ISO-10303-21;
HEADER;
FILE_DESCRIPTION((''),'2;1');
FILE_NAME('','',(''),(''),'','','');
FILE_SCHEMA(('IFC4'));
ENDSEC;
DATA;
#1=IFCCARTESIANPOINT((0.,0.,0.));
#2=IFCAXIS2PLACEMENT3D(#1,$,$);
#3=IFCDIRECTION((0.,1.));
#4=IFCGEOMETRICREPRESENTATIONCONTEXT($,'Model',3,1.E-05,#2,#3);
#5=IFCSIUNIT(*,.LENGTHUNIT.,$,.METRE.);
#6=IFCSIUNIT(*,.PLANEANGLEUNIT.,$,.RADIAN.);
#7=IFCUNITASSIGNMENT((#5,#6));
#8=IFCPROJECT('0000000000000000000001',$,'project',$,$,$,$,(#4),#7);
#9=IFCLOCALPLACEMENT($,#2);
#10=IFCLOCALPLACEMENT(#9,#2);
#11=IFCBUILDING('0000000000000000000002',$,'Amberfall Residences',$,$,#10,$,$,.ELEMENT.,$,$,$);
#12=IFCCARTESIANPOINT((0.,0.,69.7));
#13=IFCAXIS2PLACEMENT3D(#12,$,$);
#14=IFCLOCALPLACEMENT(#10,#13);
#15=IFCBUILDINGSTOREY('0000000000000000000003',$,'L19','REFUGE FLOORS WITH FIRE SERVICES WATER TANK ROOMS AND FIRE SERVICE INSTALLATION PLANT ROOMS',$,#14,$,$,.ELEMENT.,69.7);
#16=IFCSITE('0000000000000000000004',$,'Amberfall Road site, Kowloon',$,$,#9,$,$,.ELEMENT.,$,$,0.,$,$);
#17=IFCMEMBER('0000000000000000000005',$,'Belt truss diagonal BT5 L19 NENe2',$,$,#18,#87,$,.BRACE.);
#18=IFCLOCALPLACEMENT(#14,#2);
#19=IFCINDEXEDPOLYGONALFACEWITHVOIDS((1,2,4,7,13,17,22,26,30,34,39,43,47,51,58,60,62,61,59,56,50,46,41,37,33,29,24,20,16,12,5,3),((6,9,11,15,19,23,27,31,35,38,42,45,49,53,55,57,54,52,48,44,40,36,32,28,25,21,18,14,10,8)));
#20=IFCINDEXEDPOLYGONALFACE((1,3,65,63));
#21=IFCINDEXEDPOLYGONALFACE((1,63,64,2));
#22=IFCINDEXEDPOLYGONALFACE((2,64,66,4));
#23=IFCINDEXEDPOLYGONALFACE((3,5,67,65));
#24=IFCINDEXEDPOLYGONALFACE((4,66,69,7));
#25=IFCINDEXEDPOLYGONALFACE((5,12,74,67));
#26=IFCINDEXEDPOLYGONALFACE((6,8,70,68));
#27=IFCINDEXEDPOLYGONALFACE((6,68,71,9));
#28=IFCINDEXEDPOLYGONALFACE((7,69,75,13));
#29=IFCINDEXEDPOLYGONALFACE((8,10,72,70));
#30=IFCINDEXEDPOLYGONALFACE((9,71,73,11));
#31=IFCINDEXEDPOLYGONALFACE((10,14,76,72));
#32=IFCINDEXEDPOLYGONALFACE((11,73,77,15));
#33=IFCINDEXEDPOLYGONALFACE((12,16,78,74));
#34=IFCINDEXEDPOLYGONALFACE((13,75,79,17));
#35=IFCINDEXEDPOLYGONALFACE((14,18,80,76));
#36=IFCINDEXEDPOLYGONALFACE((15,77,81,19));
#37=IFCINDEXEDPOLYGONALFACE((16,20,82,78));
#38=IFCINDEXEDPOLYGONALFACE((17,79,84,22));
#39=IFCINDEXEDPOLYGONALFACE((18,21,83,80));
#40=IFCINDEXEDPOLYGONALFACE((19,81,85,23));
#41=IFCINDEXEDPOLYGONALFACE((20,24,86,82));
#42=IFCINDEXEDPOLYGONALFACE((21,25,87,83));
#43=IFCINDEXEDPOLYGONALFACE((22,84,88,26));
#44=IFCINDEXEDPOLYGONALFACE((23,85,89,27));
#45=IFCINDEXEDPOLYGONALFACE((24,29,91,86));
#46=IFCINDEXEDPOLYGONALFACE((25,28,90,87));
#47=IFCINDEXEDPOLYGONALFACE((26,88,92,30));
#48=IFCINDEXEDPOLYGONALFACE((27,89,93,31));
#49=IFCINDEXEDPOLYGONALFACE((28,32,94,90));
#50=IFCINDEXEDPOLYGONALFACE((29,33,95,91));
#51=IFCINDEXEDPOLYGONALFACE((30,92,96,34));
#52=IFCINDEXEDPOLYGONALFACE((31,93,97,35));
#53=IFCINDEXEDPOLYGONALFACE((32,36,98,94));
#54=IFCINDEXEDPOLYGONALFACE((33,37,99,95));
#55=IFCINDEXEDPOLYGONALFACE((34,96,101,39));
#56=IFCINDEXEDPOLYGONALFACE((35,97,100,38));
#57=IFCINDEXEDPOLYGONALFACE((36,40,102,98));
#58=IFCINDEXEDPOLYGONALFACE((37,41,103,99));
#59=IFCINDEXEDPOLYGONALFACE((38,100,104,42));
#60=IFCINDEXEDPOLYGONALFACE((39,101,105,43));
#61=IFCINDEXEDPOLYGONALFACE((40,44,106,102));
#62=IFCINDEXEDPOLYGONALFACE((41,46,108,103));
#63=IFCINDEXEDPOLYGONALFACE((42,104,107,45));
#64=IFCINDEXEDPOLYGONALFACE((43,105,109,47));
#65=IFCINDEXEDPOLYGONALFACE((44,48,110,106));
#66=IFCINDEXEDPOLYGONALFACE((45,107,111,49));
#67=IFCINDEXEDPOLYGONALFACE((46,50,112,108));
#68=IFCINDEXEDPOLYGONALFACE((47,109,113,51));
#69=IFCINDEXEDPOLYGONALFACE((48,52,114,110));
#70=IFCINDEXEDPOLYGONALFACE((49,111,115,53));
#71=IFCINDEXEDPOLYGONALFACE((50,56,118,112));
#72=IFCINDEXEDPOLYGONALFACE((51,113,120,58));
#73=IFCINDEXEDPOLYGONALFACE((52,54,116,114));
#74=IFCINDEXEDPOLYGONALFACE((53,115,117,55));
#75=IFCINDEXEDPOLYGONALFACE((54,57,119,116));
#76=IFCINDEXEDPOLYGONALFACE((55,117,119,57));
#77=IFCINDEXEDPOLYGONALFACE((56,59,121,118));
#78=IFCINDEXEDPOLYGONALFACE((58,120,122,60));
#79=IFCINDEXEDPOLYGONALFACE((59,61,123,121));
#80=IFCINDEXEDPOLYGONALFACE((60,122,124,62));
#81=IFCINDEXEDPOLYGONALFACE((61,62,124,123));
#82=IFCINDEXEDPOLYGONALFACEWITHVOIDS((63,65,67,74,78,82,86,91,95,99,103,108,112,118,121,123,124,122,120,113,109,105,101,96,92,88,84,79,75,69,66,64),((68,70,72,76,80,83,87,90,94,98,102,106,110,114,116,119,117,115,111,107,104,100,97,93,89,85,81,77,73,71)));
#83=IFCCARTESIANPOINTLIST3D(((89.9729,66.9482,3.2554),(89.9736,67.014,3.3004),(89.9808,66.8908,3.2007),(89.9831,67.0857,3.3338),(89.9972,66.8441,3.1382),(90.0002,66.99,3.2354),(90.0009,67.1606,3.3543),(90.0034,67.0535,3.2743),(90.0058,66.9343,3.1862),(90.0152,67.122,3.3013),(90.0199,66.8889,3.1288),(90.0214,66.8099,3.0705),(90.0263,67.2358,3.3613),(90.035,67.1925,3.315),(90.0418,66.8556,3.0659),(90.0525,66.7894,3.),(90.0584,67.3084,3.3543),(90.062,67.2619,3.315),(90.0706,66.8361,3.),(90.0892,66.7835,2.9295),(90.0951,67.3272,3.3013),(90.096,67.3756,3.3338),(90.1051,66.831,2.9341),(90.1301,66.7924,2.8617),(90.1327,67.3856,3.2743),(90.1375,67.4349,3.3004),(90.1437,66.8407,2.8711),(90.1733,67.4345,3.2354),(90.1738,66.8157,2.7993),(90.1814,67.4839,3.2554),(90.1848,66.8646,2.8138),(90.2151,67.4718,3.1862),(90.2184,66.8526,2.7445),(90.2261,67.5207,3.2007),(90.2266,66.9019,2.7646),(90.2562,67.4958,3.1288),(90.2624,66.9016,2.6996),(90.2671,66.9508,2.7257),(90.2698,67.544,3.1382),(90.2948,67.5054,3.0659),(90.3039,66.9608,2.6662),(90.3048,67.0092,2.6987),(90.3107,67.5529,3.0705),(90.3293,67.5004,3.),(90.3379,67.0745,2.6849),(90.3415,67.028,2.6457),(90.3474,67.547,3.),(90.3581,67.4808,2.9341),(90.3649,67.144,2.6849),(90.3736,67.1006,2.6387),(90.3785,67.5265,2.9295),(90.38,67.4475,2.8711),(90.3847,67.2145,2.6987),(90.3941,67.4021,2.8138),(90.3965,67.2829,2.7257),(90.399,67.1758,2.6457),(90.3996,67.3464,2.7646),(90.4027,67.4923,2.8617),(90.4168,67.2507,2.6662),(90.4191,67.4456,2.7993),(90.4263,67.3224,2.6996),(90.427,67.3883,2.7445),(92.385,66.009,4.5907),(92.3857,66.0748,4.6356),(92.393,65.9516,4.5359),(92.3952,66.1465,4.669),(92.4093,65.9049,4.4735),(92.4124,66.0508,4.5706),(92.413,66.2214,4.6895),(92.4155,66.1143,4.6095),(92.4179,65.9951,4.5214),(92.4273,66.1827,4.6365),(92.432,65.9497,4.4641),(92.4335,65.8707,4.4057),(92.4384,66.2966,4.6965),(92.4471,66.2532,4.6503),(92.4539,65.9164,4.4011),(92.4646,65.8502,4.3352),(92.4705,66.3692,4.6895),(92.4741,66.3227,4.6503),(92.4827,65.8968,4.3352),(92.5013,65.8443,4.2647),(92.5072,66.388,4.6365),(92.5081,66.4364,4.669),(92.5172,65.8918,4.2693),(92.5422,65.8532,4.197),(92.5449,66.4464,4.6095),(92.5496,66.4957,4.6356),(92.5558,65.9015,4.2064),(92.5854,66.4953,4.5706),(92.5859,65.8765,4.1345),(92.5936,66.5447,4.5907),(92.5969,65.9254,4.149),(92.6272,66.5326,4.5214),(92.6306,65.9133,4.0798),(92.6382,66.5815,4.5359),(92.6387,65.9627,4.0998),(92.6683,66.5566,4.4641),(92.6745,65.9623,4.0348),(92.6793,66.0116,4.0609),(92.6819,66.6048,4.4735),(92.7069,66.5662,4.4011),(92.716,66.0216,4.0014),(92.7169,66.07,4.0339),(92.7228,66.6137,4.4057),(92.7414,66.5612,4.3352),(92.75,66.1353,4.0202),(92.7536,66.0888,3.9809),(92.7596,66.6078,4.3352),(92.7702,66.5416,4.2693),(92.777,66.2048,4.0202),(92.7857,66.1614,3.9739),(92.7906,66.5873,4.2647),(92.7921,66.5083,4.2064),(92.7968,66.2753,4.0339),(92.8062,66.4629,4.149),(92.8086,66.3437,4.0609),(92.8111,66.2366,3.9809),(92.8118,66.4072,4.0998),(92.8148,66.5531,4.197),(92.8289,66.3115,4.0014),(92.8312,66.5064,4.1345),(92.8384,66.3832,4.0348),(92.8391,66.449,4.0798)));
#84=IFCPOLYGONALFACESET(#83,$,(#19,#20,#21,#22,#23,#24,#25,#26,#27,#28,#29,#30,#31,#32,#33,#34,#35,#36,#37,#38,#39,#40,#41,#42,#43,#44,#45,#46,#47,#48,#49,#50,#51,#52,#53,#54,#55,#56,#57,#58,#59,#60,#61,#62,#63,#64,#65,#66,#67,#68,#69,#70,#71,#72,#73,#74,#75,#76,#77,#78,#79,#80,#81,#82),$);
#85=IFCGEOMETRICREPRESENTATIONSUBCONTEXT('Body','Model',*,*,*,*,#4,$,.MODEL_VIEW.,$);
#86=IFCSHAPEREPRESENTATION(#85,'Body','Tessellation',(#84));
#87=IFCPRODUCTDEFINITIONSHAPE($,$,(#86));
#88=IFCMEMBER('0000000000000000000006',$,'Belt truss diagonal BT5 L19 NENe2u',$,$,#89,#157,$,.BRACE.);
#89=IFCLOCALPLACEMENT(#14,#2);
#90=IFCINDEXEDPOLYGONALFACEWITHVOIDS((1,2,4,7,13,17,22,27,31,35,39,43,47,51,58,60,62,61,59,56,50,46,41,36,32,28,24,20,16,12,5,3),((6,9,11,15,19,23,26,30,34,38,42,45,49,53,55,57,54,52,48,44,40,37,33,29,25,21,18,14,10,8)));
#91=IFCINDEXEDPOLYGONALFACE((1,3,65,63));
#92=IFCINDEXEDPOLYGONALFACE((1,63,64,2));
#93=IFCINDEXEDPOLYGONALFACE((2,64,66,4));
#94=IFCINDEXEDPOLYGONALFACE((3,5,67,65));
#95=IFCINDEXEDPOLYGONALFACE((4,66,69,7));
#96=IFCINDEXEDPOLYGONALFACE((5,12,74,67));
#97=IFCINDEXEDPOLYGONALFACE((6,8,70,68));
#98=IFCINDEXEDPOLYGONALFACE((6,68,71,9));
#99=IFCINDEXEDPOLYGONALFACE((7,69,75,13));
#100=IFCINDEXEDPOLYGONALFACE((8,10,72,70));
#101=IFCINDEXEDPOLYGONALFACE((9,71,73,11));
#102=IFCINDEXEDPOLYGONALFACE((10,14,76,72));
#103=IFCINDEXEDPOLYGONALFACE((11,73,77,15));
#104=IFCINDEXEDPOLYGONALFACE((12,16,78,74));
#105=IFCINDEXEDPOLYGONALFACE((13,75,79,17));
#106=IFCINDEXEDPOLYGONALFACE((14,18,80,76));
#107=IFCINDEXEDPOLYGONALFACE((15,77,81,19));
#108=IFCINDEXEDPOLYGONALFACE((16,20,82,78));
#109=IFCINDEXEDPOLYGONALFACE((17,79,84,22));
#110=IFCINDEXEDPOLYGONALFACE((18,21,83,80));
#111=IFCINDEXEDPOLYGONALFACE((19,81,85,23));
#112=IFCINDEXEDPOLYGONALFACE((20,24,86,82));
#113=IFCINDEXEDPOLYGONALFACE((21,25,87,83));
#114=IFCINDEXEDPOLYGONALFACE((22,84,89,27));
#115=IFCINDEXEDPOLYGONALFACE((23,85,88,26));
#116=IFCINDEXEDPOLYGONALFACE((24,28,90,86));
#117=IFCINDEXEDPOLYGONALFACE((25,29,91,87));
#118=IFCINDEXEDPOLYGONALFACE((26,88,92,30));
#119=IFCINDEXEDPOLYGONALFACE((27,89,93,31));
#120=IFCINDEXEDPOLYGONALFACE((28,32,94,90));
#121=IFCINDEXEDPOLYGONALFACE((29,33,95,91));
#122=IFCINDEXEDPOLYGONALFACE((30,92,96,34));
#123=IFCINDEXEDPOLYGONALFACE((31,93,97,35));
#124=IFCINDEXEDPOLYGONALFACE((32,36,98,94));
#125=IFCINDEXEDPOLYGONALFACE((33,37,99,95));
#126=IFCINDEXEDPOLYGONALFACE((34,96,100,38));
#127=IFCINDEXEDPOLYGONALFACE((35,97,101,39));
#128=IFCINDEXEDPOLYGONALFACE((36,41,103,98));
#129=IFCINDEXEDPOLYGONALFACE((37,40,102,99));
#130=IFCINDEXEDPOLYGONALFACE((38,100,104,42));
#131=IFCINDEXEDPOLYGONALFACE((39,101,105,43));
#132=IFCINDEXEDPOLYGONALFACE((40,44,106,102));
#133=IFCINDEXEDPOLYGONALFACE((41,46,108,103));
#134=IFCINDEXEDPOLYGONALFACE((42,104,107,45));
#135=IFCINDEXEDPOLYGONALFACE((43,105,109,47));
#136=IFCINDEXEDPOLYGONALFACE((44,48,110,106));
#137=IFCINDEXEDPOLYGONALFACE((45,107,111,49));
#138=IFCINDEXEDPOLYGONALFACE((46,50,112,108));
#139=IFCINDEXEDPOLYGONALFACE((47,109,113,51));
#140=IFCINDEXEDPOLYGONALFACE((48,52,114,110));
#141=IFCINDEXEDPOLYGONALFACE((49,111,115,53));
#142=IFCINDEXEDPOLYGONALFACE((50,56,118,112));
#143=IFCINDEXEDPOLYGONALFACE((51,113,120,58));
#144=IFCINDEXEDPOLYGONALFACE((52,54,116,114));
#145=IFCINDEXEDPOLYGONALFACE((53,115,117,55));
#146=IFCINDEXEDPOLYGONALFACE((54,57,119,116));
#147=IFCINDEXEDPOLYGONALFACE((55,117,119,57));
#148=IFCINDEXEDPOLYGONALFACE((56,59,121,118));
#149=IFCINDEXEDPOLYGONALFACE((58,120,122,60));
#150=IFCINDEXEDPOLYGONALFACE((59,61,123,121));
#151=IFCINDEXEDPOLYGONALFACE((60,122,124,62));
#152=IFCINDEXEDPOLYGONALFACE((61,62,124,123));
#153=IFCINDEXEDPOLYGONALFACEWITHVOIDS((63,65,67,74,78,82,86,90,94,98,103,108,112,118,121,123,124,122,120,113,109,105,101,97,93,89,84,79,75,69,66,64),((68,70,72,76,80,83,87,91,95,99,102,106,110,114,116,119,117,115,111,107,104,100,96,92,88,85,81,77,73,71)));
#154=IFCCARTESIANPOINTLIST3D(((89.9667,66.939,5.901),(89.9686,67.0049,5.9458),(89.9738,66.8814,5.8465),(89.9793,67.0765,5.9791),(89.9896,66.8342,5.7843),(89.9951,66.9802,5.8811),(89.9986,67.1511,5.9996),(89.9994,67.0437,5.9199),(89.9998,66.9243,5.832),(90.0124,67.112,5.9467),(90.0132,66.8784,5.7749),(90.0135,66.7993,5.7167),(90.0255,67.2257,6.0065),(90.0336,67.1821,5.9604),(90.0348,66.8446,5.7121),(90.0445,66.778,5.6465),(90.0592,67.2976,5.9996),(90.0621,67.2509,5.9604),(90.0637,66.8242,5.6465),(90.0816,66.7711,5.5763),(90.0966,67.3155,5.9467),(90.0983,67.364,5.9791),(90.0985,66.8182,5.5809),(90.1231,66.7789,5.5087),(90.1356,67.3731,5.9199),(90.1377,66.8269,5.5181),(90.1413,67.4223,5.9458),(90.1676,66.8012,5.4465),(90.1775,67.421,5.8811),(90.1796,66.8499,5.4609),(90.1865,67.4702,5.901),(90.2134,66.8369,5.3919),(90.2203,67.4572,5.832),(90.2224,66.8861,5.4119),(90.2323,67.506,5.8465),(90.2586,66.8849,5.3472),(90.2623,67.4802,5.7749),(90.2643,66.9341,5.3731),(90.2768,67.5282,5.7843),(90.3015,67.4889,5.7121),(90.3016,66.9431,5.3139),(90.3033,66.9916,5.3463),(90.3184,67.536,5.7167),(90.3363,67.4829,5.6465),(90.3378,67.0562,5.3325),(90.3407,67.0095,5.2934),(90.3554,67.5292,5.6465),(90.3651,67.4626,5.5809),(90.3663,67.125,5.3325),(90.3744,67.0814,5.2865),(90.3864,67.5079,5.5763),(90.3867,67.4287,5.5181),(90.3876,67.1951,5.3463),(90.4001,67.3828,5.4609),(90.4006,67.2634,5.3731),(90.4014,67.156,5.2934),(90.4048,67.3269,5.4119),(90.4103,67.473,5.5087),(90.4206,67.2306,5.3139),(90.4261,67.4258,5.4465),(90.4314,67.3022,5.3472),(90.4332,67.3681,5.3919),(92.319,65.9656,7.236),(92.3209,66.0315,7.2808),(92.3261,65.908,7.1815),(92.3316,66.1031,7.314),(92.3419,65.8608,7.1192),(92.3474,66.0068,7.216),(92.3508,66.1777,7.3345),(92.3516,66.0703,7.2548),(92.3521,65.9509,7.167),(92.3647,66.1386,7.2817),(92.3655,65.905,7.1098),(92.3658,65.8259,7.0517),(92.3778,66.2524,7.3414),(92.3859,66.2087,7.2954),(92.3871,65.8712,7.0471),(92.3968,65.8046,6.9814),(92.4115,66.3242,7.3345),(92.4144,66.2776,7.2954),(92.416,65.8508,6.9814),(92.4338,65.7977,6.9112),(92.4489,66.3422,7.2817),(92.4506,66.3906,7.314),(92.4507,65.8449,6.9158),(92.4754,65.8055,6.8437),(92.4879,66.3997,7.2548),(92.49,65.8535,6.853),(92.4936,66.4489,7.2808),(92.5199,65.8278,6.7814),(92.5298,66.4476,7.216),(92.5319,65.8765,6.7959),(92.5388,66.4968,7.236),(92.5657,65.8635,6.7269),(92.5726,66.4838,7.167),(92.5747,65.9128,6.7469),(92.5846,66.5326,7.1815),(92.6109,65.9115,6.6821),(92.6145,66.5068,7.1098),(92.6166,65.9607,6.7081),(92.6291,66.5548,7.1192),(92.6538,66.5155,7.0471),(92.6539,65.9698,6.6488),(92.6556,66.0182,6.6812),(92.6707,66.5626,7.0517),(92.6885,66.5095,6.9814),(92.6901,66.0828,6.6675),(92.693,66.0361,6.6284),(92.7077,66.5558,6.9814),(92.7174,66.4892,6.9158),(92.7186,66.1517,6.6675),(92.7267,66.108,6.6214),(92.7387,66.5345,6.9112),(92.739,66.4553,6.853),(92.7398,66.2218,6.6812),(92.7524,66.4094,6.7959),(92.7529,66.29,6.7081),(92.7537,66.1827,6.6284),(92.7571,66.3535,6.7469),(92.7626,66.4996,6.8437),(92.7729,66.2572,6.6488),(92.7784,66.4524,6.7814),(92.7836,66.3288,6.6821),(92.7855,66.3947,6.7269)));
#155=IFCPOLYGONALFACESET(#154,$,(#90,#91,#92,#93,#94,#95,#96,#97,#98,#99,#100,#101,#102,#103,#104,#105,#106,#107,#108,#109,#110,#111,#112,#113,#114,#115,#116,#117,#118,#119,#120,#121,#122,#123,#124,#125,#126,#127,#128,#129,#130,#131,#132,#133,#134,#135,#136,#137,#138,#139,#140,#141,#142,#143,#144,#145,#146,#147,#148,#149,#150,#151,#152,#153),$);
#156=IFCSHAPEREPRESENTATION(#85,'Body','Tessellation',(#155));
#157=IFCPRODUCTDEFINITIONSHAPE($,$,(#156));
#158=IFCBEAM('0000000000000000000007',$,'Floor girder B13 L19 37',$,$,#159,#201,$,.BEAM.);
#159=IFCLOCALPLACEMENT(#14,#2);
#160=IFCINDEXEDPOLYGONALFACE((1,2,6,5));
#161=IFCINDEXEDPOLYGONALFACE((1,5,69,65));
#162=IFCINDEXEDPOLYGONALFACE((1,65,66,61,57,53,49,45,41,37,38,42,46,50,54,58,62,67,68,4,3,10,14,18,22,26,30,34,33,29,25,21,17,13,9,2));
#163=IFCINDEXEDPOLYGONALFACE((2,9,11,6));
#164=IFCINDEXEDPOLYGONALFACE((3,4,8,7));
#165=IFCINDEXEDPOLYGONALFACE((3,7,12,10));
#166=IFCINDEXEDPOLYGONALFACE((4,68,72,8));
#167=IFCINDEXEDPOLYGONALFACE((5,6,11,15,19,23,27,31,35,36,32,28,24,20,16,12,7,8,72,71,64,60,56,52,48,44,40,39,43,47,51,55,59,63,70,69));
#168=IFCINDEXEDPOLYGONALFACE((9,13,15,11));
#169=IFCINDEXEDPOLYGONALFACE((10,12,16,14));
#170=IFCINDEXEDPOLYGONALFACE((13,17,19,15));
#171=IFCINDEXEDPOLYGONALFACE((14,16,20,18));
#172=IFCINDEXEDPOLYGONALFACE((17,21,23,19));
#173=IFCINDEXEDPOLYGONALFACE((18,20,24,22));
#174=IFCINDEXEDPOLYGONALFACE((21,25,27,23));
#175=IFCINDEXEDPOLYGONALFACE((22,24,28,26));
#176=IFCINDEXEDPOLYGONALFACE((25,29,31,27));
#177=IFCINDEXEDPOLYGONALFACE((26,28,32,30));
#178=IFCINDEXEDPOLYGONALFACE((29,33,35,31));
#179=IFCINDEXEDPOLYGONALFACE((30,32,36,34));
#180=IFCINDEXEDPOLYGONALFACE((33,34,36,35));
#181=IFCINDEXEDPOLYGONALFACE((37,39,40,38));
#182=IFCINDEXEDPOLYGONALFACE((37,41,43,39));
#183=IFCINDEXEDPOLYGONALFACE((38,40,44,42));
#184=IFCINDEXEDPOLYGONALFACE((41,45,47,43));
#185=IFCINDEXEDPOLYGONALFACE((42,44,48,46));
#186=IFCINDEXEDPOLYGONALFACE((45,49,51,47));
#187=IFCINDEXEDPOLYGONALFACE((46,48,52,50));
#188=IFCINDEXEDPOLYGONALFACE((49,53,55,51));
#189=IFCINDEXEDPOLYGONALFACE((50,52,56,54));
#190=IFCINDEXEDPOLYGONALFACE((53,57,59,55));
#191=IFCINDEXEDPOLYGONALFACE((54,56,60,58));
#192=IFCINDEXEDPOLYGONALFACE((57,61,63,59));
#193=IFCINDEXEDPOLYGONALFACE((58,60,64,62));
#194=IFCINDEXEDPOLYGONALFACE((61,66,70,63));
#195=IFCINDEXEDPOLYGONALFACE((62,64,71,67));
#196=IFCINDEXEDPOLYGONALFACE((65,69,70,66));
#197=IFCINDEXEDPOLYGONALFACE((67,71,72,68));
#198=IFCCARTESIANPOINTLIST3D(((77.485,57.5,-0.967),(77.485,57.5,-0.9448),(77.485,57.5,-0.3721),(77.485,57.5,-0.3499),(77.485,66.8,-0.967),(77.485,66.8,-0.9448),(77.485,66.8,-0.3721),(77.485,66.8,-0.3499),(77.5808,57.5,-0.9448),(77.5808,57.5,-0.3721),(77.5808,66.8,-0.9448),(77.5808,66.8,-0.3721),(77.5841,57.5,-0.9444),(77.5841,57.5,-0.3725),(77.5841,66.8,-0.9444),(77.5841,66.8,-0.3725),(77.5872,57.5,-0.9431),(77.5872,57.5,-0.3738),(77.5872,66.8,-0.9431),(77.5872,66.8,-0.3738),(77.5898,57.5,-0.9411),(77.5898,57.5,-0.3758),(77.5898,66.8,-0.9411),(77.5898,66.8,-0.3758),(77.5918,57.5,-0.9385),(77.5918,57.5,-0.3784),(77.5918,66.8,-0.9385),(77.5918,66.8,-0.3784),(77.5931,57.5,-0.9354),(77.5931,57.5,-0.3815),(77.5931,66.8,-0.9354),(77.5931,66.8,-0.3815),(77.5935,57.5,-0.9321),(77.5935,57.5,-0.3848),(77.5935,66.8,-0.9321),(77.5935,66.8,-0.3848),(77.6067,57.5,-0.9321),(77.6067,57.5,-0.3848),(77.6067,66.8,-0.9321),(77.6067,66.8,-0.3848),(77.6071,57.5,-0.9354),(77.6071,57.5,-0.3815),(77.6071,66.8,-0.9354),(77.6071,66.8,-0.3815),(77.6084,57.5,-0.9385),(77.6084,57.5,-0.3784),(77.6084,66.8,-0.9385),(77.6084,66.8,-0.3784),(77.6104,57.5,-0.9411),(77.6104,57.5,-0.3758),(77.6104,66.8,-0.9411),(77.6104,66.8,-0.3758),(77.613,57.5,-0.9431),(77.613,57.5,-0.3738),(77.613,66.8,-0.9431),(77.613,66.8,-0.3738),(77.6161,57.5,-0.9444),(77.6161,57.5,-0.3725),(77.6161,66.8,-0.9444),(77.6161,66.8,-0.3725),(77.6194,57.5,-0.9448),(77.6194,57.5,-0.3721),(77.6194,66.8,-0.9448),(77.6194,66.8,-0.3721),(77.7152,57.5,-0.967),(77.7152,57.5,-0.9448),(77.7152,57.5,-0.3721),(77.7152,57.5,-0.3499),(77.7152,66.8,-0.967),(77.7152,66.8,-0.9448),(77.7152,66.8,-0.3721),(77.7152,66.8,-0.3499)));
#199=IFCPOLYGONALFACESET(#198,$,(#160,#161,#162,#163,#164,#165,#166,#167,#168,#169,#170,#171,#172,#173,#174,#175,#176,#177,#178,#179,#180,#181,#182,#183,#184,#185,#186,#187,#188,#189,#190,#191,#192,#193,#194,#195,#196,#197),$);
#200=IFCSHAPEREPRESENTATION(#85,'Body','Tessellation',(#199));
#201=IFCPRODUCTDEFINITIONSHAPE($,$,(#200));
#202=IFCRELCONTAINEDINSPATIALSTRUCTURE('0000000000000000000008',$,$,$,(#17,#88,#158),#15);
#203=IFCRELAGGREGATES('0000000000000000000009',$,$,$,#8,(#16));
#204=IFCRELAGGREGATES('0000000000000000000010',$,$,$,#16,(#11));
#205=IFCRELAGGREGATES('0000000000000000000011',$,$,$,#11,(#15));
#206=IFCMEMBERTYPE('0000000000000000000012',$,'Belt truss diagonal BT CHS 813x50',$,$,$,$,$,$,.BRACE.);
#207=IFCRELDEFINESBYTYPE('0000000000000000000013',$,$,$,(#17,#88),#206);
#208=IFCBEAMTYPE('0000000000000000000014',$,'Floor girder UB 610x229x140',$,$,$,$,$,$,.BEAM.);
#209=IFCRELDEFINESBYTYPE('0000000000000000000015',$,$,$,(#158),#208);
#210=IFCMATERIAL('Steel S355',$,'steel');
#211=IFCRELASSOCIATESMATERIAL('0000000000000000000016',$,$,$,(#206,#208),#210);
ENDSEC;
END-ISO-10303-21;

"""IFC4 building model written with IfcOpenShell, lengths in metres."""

from ifc_helpers import new_model, si_unit, direction, frame, origin, origin_2d, place, context, subcontext, project, spatial, hollow_circle, i_section, extrude, material, material_profile, profile_set, type_object, element, save


model = new_model("IFC4")

# Units and contexts
model_context = context("Model", 3, precision=1e-05, world=origin(), true_north=direction((0.0, 1.0)))
body_context = subcontext(model_context, "Body", "Model", "MODEL_VIEW")
ifc_project = project(units=[si_unit("LENGTHUNIT", "METRE"), si_unit("PLANEANGLEUNIT", "RADIAN")], contexts=[model_context])

# Site, building, storey
site_placement = place(None, origin())
site = spatial("IfcSite", under=ifc_project, at=site_placement, Name="Amberfall Road site, Kowloon", CompositionType="ELEMENT", RefElevation=0.0)
building_placement = place(site_placement, origin())
building = spatial("IfcBuilding", under=site, at=building_placement, Name="Amberfall Residences", CompositionType="ELEMENT")
storey_placement = place(building_placement, frame((0.0, 0.0, 69.7)))
storey = spatial("IfcBuildingStorey", under=building, at=storey_placement, Name="L19", Description="REFUGE FLOORS WITH FIRE SERVICES WATER TANK ROOMS AND FIRE SERVICE INSTALLATION PLANT ROOMS", CompositionType="ELEMENT", Elevation=69.7)

# Members
ifc_material_1 = material(Name="Steel S355", Category="steel")
ifc_material_profile_1 = material_profile(ifc_material_1, hollow_circle(Radius=0.4065, WallThickness=0.05, at=origin_2d()), Name="CHS 813x50")
ifc_profile_set_1 = profile_set([ifc_material_profile_1], Name="Steel S355")
member_type_1 = type_object("IfcMemberType", Name="Belt truss diagonal BT CHS 813x50", PredefinedType="BRACE", material=ifc_profile_set_1)
member_1_placement = place(storey_placement, frame((92.6121, 66.229, 4.3352), z_axis=(-0.828168, 0.322466, -0.458426), x_axis=(-0.362838, -0.931852, 0.0)))
element("IfcMember", 1, at=member_1_placement, inside=storey, type_object=member_type_1, Name="Belt truss diagonal BT5 L19 NENe2", PredefinedType="BRACE", context=body_context, shape_type="SweptSolid", body=[
    extrude(hollow_circle(Radius=0.4065, WallThickness=0.05, at=origin_2d()), origin(), (0.0, 0.0, 1.0), 2.9126),
])
member_2_placement = place(storey_placement, frame((92.5522, 66.1802, 6.9814), z_axis=(-0.818325, 0.338626, -0.464411), x_axis=(-0.38236, -0.924013, 0.0)))
element("IfcMember", 2, at=member_2_placement, inside=storey, type_object=member_type_1, Name="Belt truss diagonal BT5 L19 NENe2u", PredefinedType="BRACE", context=body_context, shape_type="SweptSolid", body=[
    extrude(hollow_circle(Radius=0.4065, WallThickness=0.05, at=origin_2d()), origin(), (0.0, 0.0, 1.0), 2.8745),
])

# Beam
ifc_material_profile_2 = material_profile(ifc_material_1, i_section(OverallWidth=0.2302, OverallDepth=0.6172, WebThickness=0.0132, FlangeThickness=0.0222, FilletRadius=0.0127, at=origin_2d()), Name="UB 610x229x140")
ifc_profile_set_2 = profile_set([ifc_material_profile_2], Name="Steel S355")
beam_type_1 = type_object("IfcBeamType", Name="Floor girder UB 610x229x140", PredefinedType="BEAM", material=ifc_profile_set_2)
for number, where, z_axis, x_axis, name in (
    (3, (77.6001, 66.8, -0.6584), (0.0, -1.0, 0.0), (1.0, 0.0, 0.0), "Floor girder B13 L19 37"),
):
    element("IfcBeam", number, at=place(storey_placement, frame(where, z_axis=z_axis, x_axis=x_axis)), inside=storey, type_object=beam_type_1, Name=name, PredefinedType="BEAM", context=body_context, shape_type="SweptSolid", body=[
        extrude(i_section(OverallWidth=0.2302, OverallDepth=0.6172, WebThickness=0.0132, FlangeThickness=0.0222, FilletRadius=0.0127, at=origin_2d()), origin(), (0.0, 0.0, 1.0), 9.3),
    ])

save(model, "model.ifc")
